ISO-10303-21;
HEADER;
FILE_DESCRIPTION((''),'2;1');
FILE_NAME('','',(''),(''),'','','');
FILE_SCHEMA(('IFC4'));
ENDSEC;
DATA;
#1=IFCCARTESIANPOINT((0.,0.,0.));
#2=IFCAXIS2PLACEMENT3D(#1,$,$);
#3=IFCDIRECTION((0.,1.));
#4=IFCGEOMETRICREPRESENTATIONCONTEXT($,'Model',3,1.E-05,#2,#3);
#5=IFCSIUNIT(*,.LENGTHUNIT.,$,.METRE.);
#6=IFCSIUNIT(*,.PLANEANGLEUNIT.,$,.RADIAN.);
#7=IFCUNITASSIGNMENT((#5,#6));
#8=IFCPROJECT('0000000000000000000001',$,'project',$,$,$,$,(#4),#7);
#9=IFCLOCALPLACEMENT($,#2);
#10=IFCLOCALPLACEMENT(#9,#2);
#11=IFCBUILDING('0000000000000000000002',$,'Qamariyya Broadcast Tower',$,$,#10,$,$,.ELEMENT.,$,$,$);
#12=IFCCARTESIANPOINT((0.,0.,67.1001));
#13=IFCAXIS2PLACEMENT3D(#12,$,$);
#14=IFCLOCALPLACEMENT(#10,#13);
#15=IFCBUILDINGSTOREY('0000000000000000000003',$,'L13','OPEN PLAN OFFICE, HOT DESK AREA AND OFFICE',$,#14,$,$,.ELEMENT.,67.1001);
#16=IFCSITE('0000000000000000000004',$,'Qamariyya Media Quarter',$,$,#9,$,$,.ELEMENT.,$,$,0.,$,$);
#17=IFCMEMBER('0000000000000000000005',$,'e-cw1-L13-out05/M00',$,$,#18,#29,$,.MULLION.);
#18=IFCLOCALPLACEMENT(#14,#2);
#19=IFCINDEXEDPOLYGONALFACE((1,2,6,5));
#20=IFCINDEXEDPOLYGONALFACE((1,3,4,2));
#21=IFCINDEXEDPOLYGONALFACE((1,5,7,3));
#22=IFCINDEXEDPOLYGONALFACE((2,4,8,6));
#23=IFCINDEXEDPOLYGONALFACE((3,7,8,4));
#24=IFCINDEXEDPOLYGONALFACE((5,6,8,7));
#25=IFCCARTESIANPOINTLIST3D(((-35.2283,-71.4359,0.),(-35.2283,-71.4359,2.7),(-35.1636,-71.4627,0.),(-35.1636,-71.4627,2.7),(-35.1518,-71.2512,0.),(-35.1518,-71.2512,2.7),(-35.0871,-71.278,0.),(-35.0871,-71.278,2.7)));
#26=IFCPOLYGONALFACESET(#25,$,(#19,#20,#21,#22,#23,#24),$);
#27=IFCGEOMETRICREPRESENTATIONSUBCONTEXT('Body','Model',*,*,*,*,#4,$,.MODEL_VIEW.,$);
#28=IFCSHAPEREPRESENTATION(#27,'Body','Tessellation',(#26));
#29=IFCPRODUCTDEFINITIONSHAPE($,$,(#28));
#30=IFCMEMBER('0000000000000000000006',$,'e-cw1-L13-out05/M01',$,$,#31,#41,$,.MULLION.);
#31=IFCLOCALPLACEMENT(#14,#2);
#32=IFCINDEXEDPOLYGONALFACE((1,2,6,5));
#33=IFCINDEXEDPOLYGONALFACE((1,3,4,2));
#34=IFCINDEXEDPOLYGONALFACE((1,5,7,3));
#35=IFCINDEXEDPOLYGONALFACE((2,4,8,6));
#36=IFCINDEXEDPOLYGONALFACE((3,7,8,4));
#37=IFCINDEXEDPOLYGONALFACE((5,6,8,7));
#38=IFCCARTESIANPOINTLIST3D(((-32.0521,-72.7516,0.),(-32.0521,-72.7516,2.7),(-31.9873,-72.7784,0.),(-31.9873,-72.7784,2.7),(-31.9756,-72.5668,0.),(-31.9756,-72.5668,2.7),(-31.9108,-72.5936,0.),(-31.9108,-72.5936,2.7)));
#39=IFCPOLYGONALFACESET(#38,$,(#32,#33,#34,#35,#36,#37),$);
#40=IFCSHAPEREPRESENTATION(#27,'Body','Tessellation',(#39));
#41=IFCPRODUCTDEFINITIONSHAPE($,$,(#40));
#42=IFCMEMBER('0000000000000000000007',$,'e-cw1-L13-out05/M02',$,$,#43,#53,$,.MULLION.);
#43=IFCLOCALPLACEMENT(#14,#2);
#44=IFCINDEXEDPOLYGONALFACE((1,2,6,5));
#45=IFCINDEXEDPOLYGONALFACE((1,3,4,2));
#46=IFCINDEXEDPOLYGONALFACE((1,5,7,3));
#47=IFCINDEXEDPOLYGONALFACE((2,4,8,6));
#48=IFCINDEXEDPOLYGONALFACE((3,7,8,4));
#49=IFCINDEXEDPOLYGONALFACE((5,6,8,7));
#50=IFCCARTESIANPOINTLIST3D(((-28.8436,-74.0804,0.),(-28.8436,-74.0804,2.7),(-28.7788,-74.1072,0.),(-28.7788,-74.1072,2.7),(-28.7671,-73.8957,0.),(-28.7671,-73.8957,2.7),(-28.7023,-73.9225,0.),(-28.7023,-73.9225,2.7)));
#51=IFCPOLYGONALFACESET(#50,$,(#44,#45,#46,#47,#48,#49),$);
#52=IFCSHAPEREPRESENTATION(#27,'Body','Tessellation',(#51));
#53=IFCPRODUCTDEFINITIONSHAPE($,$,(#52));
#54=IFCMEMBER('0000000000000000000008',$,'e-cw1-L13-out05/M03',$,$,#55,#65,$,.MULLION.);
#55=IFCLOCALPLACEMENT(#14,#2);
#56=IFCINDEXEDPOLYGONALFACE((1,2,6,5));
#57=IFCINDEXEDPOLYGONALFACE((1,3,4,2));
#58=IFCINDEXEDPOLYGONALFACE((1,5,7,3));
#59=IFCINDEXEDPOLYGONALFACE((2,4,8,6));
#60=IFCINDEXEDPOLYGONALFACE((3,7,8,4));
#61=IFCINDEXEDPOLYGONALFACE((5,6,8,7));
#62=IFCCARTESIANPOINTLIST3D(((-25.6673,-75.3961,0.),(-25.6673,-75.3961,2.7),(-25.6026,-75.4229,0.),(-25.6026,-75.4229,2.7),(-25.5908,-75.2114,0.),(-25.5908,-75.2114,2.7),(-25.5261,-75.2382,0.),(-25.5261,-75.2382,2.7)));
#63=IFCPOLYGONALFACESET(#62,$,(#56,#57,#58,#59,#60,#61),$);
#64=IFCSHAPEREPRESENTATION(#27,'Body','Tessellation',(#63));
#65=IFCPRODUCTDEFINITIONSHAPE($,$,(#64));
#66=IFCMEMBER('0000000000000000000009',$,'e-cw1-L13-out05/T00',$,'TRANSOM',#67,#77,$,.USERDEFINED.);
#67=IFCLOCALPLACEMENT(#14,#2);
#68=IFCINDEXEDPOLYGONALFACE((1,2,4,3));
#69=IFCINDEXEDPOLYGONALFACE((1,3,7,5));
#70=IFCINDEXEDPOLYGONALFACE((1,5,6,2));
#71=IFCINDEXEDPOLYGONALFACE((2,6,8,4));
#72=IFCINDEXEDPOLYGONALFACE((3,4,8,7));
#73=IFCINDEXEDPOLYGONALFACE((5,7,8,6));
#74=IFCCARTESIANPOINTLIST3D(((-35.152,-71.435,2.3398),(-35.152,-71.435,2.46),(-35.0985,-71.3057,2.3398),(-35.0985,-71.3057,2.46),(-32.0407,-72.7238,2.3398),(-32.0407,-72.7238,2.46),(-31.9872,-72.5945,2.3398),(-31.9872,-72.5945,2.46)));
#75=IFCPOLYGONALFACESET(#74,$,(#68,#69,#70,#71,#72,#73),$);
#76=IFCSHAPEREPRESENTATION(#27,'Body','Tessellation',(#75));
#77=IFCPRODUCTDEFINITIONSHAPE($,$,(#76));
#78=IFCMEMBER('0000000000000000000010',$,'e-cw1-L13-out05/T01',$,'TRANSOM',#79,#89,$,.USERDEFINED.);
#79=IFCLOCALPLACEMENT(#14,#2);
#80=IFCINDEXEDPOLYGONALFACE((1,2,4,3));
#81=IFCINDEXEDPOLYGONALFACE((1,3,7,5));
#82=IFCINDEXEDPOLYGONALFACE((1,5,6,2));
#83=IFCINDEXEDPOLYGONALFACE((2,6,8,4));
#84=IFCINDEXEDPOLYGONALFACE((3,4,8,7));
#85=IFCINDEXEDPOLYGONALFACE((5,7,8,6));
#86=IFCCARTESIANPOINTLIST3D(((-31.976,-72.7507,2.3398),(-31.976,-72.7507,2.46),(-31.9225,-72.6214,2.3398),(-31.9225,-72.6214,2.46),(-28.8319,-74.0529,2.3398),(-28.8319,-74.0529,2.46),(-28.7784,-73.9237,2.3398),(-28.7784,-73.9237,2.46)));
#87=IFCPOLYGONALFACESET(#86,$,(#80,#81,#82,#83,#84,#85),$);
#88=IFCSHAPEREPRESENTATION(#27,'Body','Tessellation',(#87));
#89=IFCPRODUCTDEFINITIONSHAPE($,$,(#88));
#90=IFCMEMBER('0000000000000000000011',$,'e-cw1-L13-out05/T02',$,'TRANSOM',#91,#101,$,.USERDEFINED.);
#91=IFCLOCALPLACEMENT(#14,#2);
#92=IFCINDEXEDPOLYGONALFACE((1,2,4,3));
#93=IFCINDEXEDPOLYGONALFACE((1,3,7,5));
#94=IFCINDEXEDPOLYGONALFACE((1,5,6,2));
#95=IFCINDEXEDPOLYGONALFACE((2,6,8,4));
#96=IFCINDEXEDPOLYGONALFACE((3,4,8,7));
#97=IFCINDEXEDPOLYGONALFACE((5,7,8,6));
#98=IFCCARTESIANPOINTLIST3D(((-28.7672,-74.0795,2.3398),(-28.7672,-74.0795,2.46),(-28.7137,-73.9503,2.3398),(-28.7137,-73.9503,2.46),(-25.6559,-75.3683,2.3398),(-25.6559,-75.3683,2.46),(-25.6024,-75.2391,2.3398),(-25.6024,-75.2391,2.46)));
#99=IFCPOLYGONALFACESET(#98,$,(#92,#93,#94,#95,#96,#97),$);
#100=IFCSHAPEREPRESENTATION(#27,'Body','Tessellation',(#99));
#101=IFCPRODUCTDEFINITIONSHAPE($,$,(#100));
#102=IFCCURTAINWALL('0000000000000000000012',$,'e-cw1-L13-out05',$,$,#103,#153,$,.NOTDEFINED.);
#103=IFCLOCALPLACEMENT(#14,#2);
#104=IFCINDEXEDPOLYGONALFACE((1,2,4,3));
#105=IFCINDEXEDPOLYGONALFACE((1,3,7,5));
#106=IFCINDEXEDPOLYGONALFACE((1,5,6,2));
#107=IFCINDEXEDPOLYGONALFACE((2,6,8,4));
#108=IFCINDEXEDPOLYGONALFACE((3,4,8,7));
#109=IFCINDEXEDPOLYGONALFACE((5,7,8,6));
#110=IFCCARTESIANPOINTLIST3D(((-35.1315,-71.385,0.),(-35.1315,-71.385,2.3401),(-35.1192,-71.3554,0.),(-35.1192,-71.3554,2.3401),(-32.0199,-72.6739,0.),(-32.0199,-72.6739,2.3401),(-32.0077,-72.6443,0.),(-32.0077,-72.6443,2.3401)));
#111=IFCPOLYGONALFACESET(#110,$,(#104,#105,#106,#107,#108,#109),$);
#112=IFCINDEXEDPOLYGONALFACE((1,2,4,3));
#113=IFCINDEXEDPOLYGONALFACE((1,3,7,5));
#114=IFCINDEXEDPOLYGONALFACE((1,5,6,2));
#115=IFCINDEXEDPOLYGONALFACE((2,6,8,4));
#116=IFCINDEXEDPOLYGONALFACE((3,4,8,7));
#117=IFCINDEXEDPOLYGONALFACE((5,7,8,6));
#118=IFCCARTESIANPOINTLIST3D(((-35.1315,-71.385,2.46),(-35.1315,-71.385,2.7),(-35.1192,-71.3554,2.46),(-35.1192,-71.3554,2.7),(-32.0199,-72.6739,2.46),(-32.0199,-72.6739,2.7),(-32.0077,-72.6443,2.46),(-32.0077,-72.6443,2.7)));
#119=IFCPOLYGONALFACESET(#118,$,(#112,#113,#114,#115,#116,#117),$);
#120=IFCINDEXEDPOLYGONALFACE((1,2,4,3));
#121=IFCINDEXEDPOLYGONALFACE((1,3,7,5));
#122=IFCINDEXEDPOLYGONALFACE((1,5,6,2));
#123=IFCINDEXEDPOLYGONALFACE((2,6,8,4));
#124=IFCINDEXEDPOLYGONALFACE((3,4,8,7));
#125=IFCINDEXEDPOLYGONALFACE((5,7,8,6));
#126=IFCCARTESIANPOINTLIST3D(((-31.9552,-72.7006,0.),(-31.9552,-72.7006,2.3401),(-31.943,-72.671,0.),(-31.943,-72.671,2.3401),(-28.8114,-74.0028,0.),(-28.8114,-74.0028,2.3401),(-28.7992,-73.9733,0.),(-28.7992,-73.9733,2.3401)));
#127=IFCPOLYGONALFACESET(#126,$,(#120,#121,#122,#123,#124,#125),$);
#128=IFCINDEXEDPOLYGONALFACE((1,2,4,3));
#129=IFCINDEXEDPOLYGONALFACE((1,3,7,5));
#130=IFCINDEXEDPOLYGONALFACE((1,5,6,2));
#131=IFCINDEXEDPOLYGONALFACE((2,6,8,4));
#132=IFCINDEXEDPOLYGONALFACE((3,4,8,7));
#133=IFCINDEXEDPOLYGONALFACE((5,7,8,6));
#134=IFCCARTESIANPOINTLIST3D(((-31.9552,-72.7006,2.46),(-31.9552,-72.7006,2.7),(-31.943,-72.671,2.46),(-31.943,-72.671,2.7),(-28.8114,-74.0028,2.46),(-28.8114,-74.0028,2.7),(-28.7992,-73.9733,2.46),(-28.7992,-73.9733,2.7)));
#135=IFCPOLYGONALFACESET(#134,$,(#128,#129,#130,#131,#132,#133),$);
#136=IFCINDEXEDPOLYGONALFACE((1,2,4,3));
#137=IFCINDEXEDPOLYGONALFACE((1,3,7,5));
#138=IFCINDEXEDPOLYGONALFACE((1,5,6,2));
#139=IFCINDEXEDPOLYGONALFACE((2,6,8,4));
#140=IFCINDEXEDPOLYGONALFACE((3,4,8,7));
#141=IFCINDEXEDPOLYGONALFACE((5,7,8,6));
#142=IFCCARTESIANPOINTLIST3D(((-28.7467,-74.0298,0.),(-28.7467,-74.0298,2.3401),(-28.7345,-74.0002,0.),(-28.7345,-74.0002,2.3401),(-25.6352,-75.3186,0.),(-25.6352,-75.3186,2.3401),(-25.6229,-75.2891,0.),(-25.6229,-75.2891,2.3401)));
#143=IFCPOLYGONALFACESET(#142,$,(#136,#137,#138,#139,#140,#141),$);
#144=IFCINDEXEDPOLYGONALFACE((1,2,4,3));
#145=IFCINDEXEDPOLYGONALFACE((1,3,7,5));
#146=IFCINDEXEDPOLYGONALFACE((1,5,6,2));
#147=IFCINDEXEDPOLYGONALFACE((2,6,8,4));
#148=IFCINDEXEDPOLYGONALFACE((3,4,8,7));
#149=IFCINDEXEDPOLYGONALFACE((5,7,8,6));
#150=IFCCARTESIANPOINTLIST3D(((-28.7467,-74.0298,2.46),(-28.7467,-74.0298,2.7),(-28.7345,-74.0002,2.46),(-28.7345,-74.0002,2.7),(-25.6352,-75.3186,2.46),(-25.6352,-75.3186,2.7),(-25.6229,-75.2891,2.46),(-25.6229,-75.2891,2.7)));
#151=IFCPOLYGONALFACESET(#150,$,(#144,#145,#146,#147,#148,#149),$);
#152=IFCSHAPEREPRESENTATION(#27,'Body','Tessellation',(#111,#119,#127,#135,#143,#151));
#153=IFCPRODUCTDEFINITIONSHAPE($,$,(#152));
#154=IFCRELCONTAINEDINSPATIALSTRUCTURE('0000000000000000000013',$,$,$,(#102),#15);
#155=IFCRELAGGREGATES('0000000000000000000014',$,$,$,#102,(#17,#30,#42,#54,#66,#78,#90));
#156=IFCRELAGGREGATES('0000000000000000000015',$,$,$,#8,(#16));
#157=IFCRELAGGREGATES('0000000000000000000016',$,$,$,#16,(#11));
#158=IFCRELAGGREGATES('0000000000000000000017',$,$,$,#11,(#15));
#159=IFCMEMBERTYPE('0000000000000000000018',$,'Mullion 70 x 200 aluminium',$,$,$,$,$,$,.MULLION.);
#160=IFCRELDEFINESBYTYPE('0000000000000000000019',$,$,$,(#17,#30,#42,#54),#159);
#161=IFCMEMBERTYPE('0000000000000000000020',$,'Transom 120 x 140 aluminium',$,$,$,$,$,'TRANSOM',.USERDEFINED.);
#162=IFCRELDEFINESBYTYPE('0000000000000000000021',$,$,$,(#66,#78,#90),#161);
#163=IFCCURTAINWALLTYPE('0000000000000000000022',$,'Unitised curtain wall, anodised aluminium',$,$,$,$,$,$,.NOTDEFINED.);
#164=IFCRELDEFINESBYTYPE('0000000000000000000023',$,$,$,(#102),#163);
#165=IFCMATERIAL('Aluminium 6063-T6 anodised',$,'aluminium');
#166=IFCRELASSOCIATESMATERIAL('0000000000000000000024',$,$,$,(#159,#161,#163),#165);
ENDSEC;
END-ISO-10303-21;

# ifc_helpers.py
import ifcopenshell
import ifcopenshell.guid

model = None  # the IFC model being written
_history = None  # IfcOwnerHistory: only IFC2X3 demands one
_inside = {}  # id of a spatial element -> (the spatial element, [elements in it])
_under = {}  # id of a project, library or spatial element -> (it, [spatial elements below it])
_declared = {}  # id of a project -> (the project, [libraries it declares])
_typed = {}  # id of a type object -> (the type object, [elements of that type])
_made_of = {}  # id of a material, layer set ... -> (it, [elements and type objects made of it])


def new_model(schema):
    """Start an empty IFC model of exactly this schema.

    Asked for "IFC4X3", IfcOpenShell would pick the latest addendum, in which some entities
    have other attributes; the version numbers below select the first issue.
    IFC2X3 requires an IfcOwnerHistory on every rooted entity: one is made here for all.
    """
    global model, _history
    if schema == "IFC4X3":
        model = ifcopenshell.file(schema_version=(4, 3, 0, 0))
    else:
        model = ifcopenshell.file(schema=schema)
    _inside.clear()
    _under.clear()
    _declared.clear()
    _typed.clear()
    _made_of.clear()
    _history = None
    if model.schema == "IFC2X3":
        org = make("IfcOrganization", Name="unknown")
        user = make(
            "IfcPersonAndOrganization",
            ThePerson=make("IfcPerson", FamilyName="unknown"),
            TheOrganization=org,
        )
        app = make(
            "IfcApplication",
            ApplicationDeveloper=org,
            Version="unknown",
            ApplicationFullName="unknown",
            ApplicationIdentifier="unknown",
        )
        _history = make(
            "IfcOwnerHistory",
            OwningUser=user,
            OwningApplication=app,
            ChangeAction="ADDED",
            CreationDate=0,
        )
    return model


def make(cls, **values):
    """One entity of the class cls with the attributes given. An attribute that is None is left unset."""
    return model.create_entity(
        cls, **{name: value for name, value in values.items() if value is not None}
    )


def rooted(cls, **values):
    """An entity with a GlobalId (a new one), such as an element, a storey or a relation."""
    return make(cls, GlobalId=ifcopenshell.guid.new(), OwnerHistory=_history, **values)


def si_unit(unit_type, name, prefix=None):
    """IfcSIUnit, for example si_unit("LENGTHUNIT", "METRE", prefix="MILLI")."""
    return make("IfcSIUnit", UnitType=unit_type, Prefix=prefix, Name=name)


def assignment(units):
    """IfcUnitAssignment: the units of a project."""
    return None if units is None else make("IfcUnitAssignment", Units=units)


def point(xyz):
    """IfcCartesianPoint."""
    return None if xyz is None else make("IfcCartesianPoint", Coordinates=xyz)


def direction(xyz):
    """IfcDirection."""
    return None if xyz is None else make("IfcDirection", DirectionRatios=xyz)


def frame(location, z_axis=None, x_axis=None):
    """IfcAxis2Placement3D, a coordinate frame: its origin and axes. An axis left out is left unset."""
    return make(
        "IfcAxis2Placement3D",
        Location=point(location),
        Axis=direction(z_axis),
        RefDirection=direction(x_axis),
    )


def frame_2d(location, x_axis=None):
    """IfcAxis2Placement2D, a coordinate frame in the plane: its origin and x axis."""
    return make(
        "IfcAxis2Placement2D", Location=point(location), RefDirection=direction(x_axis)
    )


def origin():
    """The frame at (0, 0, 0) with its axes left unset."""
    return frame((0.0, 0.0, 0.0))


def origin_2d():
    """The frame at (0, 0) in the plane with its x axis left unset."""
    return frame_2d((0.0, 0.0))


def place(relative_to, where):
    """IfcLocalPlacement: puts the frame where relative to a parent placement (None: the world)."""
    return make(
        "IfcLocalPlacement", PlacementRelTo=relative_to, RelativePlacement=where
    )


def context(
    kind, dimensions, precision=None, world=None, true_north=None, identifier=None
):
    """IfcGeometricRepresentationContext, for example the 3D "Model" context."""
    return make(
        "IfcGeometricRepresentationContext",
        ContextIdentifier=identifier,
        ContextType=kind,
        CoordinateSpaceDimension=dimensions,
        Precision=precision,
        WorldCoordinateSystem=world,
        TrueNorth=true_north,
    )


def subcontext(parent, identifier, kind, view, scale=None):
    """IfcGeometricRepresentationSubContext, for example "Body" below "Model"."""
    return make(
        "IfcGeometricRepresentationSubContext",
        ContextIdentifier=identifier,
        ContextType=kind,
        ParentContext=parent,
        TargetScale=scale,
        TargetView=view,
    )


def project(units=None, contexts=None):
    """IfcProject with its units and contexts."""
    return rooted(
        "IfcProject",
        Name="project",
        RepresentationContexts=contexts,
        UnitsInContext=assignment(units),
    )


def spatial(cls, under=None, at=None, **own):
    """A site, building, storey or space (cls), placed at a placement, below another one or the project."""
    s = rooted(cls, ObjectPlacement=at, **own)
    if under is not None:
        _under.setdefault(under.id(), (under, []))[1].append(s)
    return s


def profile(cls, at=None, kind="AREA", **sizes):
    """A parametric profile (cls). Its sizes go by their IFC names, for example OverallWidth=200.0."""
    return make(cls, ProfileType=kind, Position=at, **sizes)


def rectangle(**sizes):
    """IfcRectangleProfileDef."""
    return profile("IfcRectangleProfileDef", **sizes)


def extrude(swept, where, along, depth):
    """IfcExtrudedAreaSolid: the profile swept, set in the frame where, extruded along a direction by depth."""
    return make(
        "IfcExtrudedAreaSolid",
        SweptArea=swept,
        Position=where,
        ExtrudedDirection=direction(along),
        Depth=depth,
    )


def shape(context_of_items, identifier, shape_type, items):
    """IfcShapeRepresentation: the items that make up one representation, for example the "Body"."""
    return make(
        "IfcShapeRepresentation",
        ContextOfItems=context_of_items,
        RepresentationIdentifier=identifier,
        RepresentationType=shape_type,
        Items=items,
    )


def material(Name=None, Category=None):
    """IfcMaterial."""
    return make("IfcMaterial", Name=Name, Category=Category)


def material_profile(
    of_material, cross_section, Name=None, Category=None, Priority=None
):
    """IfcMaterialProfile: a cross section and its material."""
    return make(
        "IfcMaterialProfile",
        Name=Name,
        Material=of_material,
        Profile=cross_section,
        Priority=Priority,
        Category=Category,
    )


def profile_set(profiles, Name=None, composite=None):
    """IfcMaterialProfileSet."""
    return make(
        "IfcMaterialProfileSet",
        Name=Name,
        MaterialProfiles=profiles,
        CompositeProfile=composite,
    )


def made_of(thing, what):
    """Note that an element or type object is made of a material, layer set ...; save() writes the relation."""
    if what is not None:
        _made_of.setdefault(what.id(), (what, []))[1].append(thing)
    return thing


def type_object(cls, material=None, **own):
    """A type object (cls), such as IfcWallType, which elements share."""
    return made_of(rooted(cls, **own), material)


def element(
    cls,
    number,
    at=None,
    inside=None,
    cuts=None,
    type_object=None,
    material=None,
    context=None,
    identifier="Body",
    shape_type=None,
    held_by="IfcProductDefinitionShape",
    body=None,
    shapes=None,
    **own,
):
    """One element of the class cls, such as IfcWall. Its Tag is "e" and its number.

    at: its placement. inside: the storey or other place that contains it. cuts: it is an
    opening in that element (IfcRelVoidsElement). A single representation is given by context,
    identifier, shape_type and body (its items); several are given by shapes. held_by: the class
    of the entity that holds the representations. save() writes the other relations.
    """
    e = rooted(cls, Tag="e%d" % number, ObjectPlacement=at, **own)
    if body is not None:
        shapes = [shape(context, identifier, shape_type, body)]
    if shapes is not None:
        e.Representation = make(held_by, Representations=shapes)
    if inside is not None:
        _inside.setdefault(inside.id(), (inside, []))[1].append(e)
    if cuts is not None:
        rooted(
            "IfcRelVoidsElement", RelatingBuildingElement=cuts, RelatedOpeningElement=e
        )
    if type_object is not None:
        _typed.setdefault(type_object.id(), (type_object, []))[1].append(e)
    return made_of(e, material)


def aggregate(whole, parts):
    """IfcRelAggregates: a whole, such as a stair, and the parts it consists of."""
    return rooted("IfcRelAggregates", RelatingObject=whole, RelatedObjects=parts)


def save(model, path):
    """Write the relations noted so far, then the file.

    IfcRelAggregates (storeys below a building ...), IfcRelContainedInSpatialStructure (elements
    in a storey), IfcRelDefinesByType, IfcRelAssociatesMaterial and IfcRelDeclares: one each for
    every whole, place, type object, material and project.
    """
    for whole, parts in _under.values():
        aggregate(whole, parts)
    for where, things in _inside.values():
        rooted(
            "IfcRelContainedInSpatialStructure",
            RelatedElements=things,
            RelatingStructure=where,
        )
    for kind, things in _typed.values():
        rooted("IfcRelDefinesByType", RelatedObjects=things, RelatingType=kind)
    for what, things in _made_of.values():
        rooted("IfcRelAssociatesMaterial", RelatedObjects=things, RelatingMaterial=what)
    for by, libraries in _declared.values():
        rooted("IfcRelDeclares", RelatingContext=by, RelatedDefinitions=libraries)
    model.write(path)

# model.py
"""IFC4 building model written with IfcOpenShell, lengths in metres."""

from ifc_helpers import new_model, si_unit, direction, frame, origin, origin_2d, place, context, subcontext, project, spatial, rectangle, extrude, material, material_profile, profile_set, type_object, element, aggregate, save


model = new_model("IFC4")

# Units and contexts
model_context = context("Model", 3, precision=1e-05, world=origin(), true_north=direction((0.0, 1.0)))
body_context = subcontext(model_context, "Body", "Model", "MODEL_VIEW")
ifc_project = project(units=[si_unit("LENGTHUNIT", "METRE"), si_unit("PLANEANGLEUNIT", "RADIAN")], contexts=[model_context])

# Members
ifc_material = material(Name="Aluminium 6063-T6 anodised", Category="aluminium")
ifc_material_profile_1 = material_profile(ifc_material, rectangle(XDim=0.2, YDim=0.0701, at=origin_2d()))
ifc_profile_set_1 = profile_set([ifc_material_profile_1], Name="Aluminium 6063-T6 anodised")
member_type_1 = type_object("IfcMemberType", Name="Mullion 70 x 200 aluminium", PredefinedType="MULLION", material=ifc_profile_set_1)
site_placement = place(None, origin())
building_placement = place(site_placement, origin())
storey_placement = place(building_placement, frame((0.0, 0.0, 67.1001)))
member_1_placement = place(storey_placement, frame((-35.1577, -71.3569, 0.0), z_axis=(0.0, 0.0, 1.0), x_axis=(0.382683, 0.92388, 0.0)))
member_1 = element("IfcMember", 1, at=member_1_placement, type_object=member_type_1, Name="e-cw1-L13-out05/M00", PredefinedType="MULLION", context=body_context, shape_type="SweptSolid", body=[
    extrude(rectangle(XDim=0.2, YDim=0.0701, at=origin_2d()), origin(), (0.0, 0.0, 1.0), 2.7),
])
member_2_placement = place(storey_placement, frame((-31.9814, -72.6726, 0.0), z_axis=(0.0, 0.0, 1.0), x_axis=(0.382683, 0.92388, 0.0)))
member_2 = element("IfcMember", 2, at=member_2_placement, type_object=member_type_1, Name="e-cw1-L13-out05/M01", PredefinedType="MULLION", context=body_context, shape_type="SweptSolid", body=[
    extrude(rectangle(XDim=0.2, YDim=0.0701, at=origin_2d()), origin(), (0.0, 0.0, 1.0), 2.7),
])
member_3_placement = place(storey_placement, frame((-28.7729, -74.0015, 0.0), z_axis=(0.0, 0.0, 1.0), x_axis=(0.382683, 0.92388, 0.0)))
member_3 = element("IfcMember", 3, at=member_3_placement, type_object=member_type_1, Name="e-cw1-L13-out05/M02", PredefinedType="MULLION", context=body_context, shape_type="SweptSolid", body=[
    extrude(rectangle(XDim=0.2, YDim=0.0701, at=origin_2d()), origin(), (0.0, 0.0, 1.0), 2.7),
])
member_4_placement = place(storey_placement, frame((-25.5967, -75.3171, 0.0), z_axis=(0.0, 0.0, 1.0), x_axis=(0.382683, 0.92388, 0.0)))
member_4 = element("IfcMember", 4, at=member_4_placement, type_object=member_type_1, Name="e-cw1-L13-out05/M03", PredefinedType="MULLION", context=body_context, shape_type="SweptSolid", body=[
    extrude(rectangle(XDim=0.2, YDim=0.0701, at=origin_2d()), origin(), (0.0, 0.0, 1.0), 2.7),
])
ifc_material_profile_2 = material_profile(ifc_material, rectangle(XDim=0.1399, YDim=0.1201, at=origin_2d()))
ifc_profile_set_2 = profile_set([ifc_material_profile_2], Name="Aluminium 6063-T6 anodised")
member_type_2 = type_object("IfcMemberType", Name="Transom 120 x 140 aluminium", ElementType="TRANSOM", PredefinedType="USERDEFINED", material=ifc_profile_set_2)
member_5_placement = place(storey_placement, frame((-35.1252, -71.3704, 2.3999), z_axis=(0.923873, -0.3827, 0.0), x_axis=(0.3827, 0.923873, 0.0)))
member_5 = element("IfcMember", 5, at=member_5_placement, type_object=member_type_2, Name="e-cw1-L13-out05/T00", ObjectType="TRANSOM", PredefinedType="USERDEFINED", context=body_context, shape_type="SweptSolid", body=[
    extrude(rectangle(XDim=0.1399, YDim=0.1201, at=origin_2d()), origin(), (0.0, 0.0, 1.0), 3.3677),
])
member_6_placement = place(storey_placement, frame((-31.9492, -72.686, 2.3999), z_axis=(0.923886, -0.382669, 0.0), x_axis=(0.382669, 0.923886, 0.0)))
member_6 = element("IfcMember", 6, at=member_6_placement, type_object=member_type_2, Name="e-cw1-L13-out05/T01", ObjectType="TRANSOM", PredefinedType="USERDEFINED", context=body_context, shape_type="SweptSolid", body=[
    extrude(rectangle(XDim=0.1399, YDim=0.1201, at=origin_2d()), origin(), (0.0, 0.0, 1.0), 3.4031),
])
member_7_placement = place(storey_placement, frame((-28.7405, -74.0149, 2.3999), z_axis=(0.923873, -0.3827, 0.0), x_axis=(0.3827, 0.923873, 0.0)))
member_7 = element("IfcMember", 7, at=member_7_placement, type_object=member_type_2, Name="e-cw1-L13-out05/T02", ObjectType="TRANSOM", PredefinedType="USERDEFINED", context=body_context, shape_type="SweptSolid", body=[
    extrude(rectangle(XDim=0.1399, YDim=0.1201, at=origin_2d()), origin(), (0.0, 0.0, 1.0), 3.3677),
])

# Site, building, storey
site = spatial("IfcSite", under=ifc_project, at=site_placement, Name="Qamariyya Media Quarter", CompositionType="ELEMENT", RefElevation=0.0)
building = spatial("IfcBuilding", under=site, at=building_placement, Name="Qamariyya Broadcast Tower", CompositionType="ELEMENT")
storey = spatial("IfcBuildingStorey", under=building, at=storey_placement, Name="L13", Description="OPEN PLAN OFFICE, HOT DESK AREA AND OFFICE", CompositionType="ELEMENT", Elevation=67.1001)

# Curtain wall
curtain_wall_type = type_object("IfcCurtainWallType", Name="Unitised curtain wall, anodised aluminium", PredefinedType="NOTDEFINED", material=ifc_material)
curtain_wall_1_placement = place(storey_placement, origin())
curtain_wall_1 = element("IfcCurtainWall", 8, at=curtain_wall_1_placement, inside=storey, type_object=curtain_wall_type, Name="e-cw1-L13-out05", PredefinedType="NOTDEFINED", context=body_context, shape_type="SweptSolid", body=[
    extrude(rectangle(XDim=3.3679, YDim=0.032, at=origin_2d()), frame((-33.5696, -72.0146, 0.0), x_axis=(0.923878, -0.382688, 0.0)), (0.0, 0.0, 1.0), 2.3401),
    extrude(rectangle(XDim=3.3679, YDim=0.032, at=origin_2d()), frame((-33.5696, -72.0146, 2.46), x_axis=(0.923878, -0.382688, 0.0)), (0.0, 0.0, 1.0), 0.24),
    extrude(rectangle(XDim=3.4028, YDim=0.032, at=origin_2d()), frame((-30.3772, -73.3369, 0.0), x_axis=(0.923878, -0.382688, 0.0)), (0.0, 0.0, 1.0), 2.3401),
    extrude(rectangle(XDim=3.4028, YDim=0.032, at=origin_2d()), frame((-30.3772, -73.3369, 2.46), x_axis=(0.923878, -0.382688, 0.0)), (0.0, 0.0, 1.0), 0.24),
    extrude(rectangle(XDim=3.3679, YDim=0.032, at=origin_2d()), frame((-27.1848, -74.6594, 0.0), x_axis=(0.923878, -0.382688, 0.0)), (0.0, 0.0, 1.0), 2.3401),
    extrude(rectangle(XDim=3.3679, YDim=0.032, at=origin_2d()), frame((-27.1848, -74.6594, 2.46), x_axis=(0.923878, -0.382688, 0.0)), (0.0, 0.0, 1.0), 0.24),
])
aggregate(curtain_wall_1, [member_1, member_2, member_3, member_4, member_5, member_6, member_7])

save(model, "model.ifc")
